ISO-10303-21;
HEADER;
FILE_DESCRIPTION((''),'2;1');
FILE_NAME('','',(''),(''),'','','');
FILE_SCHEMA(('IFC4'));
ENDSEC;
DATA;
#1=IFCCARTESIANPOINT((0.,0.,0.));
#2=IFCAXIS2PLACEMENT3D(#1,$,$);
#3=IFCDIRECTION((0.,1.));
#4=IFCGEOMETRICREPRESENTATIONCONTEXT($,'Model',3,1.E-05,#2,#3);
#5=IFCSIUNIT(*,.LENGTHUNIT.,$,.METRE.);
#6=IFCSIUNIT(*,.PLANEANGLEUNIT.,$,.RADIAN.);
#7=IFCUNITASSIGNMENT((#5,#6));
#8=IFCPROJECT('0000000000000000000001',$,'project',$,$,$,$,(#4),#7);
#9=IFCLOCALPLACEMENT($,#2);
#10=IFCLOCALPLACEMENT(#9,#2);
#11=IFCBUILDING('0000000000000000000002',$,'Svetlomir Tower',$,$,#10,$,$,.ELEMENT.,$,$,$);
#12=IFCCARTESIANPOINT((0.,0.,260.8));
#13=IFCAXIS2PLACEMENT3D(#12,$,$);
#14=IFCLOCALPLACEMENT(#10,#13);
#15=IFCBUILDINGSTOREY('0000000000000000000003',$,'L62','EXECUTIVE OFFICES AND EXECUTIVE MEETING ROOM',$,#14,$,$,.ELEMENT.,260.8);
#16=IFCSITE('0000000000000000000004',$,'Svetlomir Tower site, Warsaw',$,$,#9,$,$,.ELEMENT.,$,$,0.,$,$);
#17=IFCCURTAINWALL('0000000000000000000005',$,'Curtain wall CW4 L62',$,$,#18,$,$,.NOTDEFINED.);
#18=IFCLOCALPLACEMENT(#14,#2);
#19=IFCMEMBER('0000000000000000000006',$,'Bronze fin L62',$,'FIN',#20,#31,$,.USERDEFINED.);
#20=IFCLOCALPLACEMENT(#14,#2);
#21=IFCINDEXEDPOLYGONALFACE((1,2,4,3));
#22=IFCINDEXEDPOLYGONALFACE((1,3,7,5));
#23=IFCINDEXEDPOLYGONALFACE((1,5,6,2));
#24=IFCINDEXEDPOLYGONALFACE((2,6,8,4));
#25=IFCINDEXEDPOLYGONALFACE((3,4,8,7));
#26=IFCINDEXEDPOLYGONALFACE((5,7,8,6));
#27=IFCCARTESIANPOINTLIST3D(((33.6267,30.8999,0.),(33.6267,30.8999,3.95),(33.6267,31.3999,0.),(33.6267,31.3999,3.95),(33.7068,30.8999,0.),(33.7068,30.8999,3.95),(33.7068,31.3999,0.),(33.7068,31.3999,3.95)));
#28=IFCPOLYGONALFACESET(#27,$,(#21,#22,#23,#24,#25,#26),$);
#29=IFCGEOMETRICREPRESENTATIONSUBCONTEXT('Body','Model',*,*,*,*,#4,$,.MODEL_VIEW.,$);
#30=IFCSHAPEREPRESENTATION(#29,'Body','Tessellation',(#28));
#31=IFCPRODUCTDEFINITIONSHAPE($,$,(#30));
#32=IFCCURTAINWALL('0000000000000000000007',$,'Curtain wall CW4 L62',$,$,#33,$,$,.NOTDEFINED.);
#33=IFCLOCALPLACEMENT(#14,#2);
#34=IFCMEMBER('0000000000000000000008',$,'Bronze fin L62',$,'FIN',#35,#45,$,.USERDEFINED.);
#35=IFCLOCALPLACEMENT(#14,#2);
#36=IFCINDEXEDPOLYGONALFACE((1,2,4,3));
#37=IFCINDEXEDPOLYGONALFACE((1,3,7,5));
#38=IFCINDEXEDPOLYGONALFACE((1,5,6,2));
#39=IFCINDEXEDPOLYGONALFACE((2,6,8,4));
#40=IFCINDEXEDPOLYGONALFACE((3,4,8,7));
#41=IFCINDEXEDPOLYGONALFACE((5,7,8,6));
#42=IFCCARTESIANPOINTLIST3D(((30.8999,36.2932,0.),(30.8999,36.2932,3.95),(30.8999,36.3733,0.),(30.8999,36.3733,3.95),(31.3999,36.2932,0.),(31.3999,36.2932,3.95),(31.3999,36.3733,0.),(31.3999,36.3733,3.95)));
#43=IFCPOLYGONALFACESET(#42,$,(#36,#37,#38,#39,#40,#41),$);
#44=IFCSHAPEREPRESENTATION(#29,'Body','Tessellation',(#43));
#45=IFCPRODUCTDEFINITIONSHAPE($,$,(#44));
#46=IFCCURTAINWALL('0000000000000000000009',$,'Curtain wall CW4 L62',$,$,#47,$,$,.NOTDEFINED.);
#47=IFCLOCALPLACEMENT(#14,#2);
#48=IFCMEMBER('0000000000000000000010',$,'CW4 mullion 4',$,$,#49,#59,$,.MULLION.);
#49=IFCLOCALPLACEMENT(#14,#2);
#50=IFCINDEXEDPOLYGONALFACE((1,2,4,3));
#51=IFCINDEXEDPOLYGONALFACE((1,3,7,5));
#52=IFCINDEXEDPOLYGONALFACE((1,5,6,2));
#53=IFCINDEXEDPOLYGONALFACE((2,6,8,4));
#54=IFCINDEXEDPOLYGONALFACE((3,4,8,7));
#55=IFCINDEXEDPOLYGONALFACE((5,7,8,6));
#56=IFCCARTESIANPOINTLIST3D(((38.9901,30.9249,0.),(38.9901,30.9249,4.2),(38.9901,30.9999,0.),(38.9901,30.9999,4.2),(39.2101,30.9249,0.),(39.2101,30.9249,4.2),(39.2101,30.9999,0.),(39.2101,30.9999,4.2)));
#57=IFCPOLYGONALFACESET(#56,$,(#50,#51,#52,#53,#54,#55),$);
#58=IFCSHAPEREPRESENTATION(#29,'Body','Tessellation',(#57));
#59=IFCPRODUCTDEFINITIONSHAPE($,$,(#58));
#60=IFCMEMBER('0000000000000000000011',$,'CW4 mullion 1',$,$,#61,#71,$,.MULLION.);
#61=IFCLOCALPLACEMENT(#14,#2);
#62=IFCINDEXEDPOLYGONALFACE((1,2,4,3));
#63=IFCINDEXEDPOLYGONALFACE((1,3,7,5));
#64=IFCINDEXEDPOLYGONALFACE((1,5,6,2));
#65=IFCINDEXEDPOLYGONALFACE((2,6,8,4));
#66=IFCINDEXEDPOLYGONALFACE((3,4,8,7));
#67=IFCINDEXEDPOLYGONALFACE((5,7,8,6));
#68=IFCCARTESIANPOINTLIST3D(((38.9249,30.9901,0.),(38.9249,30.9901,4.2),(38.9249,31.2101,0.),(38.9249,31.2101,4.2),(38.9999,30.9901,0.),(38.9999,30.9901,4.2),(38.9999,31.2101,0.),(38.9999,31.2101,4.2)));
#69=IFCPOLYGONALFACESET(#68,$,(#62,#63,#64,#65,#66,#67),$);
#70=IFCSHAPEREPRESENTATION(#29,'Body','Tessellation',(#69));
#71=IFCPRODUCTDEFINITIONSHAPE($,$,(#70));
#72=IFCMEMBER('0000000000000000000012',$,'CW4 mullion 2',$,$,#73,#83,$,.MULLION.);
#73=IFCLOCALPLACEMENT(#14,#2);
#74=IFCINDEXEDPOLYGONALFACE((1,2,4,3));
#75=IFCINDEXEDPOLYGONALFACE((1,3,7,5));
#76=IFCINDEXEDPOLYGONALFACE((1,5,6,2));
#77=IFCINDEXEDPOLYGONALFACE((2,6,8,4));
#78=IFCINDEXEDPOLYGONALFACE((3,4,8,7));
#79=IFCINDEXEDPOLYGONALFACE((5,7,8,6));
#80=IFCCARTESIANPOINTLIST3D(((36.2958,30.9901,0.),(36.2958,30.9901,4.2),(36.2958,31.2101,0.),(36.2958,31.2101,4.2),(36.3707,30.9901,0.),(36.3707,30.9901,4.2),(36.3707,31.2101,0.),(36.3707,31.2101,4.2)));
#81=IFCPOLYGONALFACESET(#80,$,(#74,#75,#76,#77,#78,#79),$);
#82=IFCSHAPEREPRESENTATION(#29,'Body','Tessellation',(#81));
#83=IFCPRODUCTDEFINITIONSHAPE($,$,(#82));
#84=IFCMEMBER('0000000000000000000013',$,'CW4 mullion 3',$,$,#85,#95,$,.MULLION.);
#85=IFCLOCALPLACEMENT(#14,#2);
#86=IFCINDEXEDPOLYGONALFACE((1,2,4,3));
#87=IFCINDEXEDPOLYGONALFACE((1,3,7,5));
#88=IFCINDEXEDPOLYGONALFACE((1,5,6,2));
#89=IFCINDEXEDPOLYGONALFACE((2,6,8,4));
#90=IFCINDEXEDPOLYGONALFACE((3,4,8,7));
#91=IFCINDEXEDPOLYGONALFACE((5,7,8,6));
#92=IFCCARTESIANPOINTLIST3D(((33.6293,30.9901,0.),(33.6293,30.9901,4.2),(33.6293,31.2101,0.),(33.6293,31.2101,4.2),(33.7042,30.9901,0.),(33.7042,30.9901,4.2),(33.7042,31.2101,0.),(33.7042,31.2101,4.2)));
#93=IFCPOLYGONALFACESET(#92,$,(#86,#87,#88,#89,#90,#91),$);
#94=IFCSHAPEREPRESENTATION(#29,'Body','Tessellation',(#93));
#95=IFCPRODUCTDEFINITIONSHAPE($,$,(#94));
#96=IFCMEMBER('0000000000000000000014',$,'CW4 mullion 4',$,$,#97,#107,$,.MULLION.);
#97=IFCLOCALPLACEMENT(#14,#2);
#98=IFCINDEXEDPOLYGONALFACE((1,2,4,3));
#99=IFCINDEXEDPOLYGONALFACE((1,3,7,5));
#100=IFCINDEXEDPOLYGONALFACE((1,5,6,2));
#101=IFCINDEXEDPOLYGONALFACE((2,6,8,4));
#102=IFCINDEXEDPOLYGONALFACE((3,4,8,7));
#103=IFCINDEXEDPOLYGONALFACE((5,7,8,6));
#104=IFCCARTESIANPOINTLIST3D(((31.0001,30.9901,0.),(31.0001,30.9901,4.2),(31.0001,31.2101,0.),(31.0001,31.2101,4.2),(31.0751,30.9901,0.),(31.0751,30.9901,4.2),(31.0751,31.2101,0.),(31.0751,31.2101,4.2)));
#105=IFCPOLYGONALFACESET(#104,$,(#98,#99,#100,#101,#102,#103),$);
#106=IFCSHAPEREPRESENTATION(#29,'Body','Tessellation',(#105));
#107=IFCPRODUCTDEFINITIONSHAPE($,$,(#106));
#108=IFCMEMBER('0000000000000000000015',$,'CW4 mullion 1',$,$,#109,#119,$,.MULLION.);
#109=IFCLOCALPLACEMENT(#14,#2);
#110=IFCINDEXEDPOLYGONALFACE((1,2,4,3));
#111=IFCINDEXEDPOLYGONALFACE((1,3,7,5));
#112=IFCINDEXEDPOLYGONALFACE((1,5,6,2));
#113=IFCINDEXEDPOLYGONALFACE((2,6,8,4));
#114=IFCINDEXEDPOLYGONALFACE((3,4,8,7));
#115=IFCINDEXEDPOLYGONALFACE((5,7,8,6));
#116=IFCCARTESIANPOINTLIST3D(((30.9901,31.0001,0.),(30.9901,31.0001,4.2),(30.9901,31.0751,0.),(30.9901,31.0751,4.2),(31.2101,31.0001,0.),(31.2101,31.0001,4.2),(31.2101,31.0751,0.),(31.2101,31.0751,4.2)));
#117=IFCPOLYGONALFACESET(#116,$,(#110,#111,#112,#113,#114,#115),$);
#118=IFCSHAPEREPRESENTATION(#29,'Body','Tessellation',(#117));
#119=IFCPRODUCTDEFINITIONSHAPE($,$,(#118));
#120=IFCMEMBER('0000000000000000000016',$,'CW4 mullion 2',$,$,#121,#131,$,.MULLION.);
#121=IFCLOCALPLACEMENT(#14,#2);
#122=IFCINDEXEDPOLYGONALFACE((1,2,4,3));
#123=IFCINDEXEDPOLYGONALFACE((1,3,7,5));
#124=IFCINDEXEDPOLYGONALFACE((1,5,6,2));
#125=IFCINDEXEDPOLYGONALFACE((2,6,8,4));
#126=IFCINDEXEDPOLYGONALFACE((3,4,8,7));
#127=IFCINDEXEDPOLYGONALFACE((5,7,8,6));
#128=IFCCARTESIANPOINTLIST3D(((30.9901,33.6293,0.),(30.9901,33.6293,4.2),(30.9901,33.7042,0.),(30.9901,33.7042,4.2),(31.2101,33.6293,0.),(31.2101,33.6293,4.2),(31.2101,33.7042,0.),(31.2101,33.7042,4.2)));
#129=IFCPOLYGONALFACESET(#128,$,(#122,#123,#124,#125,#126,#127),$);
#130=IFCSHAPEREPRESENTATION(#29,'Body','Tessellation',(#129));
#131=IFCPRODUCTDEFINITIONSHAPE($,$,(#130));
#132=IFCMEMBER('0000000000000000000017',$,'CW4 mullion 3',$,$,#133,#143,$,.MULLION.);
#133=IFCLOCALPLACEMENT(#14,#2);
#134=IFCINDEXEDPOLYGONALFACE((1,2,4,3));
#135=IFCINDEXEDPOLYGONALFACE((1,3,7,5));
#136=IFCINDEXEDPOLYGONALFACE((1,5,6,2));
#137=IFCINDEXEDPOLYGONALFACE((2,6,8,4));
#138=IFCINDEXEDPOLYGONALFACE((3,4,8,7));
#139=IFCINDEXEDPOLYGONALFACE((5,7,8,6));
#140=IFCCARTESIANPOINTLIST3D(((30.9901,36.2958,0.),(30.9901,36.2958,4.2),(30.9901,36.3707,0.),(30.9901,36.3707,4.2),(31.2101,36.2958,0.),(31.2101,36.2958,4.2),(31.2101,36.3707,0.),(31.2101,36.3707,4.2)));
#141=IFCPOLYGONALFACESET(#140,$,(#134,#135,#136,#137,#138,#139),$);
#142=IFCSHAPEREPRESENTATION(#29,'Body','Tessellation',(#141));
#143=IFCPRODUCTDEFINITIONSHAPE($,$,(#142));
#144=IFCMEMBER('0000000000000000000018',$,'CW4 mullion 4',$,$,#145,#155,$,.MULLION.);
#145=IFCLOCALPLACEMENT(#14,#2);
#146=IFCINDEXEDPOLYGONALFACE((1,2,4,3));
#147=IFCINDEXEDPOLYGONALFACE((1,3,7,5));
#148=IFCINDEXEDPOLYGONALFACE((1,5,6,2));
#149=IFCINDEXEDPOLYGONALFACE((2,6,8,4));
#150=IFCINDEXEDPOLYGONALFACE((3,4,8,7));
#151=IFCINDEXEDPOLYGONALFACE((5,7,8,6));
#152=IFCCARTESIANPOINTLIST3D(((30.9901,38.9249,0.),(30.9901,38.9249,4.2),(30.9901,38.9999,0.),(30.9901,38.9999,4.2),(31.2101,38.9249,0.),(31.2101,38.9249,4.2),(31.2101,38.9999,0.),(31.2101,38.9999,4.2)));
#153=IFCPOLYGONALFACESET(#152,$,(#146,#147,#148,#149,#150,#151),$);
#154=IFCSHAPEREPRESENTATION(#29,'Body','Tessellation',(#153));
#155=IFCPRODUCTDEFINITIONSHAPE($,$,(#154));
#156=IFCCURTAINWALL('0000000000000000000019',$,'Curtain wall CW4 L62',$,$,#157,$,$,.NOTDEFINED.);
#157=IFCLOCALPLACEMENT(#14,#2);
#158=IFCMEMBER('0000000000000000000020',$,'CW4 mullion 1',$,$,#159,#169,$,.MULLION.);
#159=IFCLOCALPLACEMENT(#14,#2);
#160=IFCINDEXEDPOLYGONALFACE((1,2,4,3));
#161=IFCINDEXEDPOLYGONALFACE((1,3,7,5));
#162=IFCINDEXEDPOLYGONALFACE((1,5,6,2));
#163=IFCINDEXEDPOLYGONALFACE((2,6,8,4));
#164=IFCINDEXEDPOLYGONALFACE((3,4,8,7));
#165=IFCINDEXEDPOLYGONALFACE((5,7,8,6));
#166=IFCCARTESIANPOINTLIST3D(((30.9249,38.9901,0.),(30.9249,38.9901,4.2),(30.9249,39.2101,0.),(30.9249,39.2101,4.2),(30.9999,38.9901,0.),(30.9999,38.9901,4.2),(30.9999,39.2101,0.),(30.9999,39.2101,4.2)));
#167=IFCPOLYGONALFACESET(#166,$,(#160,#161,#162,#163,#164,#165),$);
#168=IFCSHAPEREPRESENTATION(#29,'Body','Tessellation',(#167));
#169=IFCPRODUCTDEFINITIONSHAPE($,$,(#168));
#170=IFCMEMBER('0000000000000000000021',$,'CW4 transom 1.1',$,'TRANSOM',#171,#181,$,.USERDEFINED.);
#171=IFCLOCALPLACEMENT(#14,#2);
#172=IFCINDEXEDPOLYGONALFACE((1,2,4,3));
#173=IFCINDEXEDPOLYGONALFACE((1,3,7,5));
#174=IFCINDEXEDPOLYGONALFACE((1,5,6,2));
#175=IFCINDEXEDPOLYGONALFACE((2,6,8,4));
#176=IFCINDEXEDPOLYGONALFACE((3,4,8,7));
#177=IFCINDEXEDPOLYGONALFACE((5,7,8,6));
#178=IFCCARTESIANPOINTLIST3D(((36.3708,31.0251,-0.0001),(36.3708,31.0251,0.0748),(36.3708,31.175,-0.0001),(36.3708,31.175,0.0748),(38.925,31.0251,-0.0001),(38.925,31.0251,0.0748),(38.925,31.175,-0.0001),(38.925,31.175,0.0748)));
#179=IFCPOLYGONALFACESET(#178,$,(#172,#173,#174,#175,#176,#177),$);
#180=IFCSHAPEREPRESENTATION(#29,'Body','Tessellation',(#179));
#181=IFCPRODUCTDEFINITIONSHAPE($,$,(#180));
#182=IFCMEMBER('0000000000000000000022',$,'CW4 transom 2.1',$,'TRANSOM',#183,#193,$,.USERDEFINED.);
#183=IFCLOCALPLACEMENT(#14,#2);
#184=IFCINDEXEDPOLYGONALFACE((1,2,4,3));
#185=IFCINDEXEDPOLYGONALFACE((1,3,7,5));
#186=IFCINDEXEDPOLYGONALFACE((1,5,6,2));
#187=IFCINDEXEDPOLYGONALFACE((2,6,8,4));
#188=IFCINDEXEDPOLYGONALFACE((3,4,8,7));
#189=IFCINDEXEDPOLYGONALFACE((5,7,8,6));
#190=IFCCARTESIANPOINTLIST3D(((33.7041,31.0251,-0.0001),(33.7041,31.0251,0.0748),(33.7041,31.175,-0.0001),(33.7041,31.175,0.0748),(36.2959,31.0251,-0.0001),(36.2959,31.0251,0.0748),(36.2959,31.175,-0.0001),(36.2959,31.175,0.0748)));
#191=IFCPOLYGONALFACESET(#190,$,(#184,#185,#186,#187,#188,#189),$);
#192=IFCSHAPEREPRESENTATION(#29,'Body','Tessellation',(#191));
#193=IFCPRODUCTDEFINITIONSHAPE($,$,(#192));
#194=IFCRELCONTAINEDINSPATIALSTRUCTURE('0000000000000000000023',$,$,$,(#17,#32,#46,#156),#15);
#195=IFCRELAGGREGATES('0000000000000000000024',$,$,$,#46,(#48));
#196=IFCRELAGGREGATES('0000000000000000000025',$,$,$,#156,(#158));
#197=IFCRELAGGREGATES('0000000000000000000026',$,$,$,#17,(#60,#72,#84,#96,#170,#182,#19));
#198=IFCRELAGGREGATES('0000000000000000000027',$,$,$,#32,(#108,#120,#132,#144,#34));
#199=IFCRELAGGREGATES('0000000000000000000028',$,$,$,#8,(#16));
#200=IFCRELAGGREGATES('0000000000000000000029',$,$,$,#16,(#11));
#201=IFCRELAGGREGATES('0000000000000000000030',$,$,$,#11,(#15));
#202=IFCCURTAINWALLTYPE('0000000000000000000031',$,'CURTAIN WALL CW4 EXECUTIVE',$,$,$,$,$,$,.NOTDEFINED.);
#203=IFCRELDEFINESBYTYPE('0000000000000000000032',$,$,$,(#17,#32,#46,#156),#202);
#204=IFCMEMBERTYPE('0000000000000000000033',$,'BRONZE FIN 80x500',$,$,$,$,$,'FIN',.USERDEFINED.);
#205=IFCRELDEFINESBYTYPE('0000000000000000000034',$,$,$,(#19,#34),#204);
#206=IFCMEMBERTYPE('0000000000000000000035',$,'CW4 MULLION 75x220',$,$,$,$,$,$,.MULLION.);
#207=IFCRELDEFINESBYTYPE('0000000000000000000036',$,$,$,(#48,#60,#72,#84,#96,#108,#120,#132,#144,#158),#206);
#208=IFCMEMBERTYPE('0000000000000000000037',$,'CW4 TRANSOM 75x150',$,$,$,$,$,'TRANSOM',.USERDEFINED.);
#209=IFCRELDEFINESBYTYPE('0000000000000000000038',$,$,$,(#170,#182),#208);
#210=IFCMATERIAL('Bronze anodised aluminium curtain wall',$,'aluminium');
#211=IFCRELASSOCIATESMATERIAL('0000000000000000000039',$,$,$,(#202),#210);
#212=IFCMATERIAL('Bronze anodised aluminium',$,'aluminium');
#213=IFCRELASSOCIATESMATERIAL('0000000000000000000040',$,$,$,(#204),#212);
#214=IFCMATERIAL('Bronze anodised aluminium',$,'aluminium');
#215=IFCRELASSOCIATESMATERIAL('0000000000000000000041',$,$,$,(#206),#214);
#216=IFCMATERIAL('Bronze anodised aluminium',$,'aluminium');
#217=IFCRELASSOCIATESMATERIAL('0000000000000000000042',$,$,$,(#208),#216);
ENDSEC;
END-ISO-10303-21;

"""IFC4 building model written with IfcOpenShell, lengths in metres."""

from ifc_helpers import new_model, si_unit, direction, frame, origin, origin_2d, place, context, subcontext, project, spatial, rectangle, extrude, material, material_profile, profile_set, type_object, element, aggregate, save


model = new_model("IFC4")

# Units and contexts
model_context = context("Model", 3, precision=1e-05, world=origin(), true_north=direction((0.0, 1.0)))
body_context = subcontext(model_context, "Body", "Model", "MODEL_VIEW")
ifc_project = project(units=[si_unit("LENGTHUNIT", "METRE"), si_unit("PLANEANGLEUNIT", "RADIAN")], contexts=[model_context])

# Site, building, storey
site_placement = place(None, origin())
site = spatial("IfcSite", under=ifc_project, at=site_placement, Name="Svetlomir Tower site, Warsaw", CompositionType="ELEMENT", RefElevation=0.0)
building_placement = place(site_placement, origin())
building = spatial("IfcBuilding", under=site, at=building_placement, Name="Svetlomir Tower", CompositionType="ELEMENT")
storey_placement = place(building_placement, frame((0.0, 0.0, 260.8)))
storey = spatial("IfcBuildingStorey", under=building, at=storey_placement, Name="L62", Description="EXECUTIVE OFFICES AND EXECUTIVE MEETING ROOM", CompositionType="ELEMENT", Elevation=260.8)

# Curtain walls, members
ifc_material_1 = material(Name="Bronze anodised aluminium curtain wall", Category="aluminium")
curtain_wall_type = type_object("IfcCurtainWallType", Name="CURTAIN WALL CW4 EXECUTIVE", PredefinedType="NOTDEFINED", material=ifc_material_1)
curtain_wall_1_placement = place(storey_placement, origin())
curtain_wall_1 = element("IfcCurtainWall", 1, at=curtain_wall_1_placement, inside=storey, type_object=curtain_wall_type, Name="Curtain wall CW4 L62", PredefinedType="NOTDEFINED")
ifc_material_2 = material(Name="Bronze anodised aluminium", Category="aluminium")
ifc_material_profile_1 = material_profile(ifc_material_2, rectangle(XDim=0.0801, YDim=0.5, at=origin_2d()), Name="FIN 80x500")
ifc_profile_set_1 = profile_set([ifc_material_profile_1], Name="Bronze anodised aluminium 6063-T6")
member_type_1 = type_object("IfcMemberType", Name="BRONZE FIN 80x500", ElementType="FIN", PredefinedType="USERDEFINED", material=ifc_profile_set_1)
member_1_placement = place(storey_placement, frame((33.6667, 31.1499, 0.0), z_axis=(0.0, 0.0, 1.0), x_axis=(1.0, 0.0, 0.0)))
member_1 = element("IfcMember", 2, at=member_1_placement, type_object=member_type_1, Name="Bronze fin L62", ObjectType="FIN", PredefinedType="USERDEFINED", context=body_context, shape_type="SweptSolid", body=[
    extrude(rectangle(XDim=0.0801, YDim=0.5, at=origin_2d()), origin(), (0.0, 0.0, 1.0), 3.95),
])
curtain_wall_2_placement = place(storey_placement, origin())
curtain_wall_2 = element("IfcCurtainWall", 3, at=curtain_wall_2_placement, inside=storey, type_object=curtain_wall_type, Name="Curtain wall CW4 L62", PredefinedType="NOTDEFINED")
member_2_placement = place(storey_placement, frame((31.1499, 36.3333, 0.0), z_axis=(0.0, 0.0, 1.0), x_axis=(0.0, 1.0, 0.0)))
member_2 = element("IfcMember", 4, at=member_2_placement, type_object=member_type_1, Name="Bronze fin L62", ObjectType="FIN", PredefinedType="USERDEFINED", context=body_context, shape_type="SweptSolid", body=[
    extrude(rectangle(XDim=0.0801, YDim=0.5, at=origin_2d()), origin(), (0.0, 0.0, 1.0), 3.95),
])
curtain_wall_3_placement = place(storey_placement, origin())
curtain_wall_3 = element("IfcCurtainWall", 5, at=curtain_wall_3_placement, inside=storey, type_object=curtain_wall_type, Name="Curtain wall CW4 L62", PredefinedType="NOTDEFINED")
ifc_material_3 = material(Name="Bronze anodised aluminium", Category="aluminium")
ifc_material_profile_2 = material_profile(ifc_material_3, rectangle(XDim=0.075, YDim=0.22, at=origin_2d()), Name="AL 75x220")
ifc_profile_set_2 = profile_set([ifc_material_profile_2], Name="Bronze anodised aluminium 6063-T6")
member_type_2 = type_object("IfcMemberType", Name="CW4 MULLION 75x220", PredefinedType="MULLION", material=ifc_profile_set_2)
member_3_placement = place(storey_placement, frame((39.1001, 30.9624, 0.0), z_axis=(0.0, 0.0, 1.0), x_axis=(0.0, 1.0, 0.0)))
member_3 = element("IfcMember", 6, at=member_3_placement, type_object=member_type_2, Name="CW4 mullion 4", PredefinedType="MULLION", context=body_context, shape_type="SweptSolid", body=[
    extrude(rectangle(XDim=0.075, YDim=0.22, at=origin_2d()), origin(), (0.0, 0.0, 1.0), 4.2),
])
aggregate(curtain_wall_3, [member_3])

# Members
member_4_placement = place(storey_placement, frame((38.9624, 31.1001, 0.0), z_axis=(0.0, 0.0, 1.0), x_axis=(-1.0, 0.0, 0.0)))
member_4 = element("IfcMember", 7, at=member_4_placement, type_object=member_type_2, Name="CW4 mullion 1", PredefinedType="MULLION", context=body_context, shape_type="SweptSolid", body=[
    extrude(rectangle(XDim=0.075, YDim=0.22, at=origin_2d()), origin(), (0.0, 0.0, 1.0), 4.2),
])
member_5_placement = place(storey_placement, frame((36.3333, 31.1001, 0.0), z_axis=(0.0, 0.0, 1.0), x_axis=(-1.0, 0.0, 0.0)))
member_5 = element("IfcMember", 8, at=member_5_placement, type_object=member_type_2, Name="CW4 mullion 2", PredefinedType="MULLION", context=body_context, shape_type="SweptSolid", body=[
    extrude(rectangle(XDim=0.075, YDim=0.22, at=origin_2d()), origin(), (0.0, 0.0, 1.0), 4.2),
])
member_6_placement = place(storey_placement, frame((33.6667, 31.1001, 0.0), z_axis=(0.0, 0.0, 1.0), x_axis=(-1.0, 0.0, 0.0)))
member_6 = element("IfcMember", 9, at=member_6_placement, type_object=member_type_2, Name="CW4 mullion 3", PredefinedType="MULLION", context=body_context, shape_type="SweptSolid", body=[
    extrude(rectangle(XDim=0.075, YDim=0.22, at=origin_2d()), origin(), (0.0, 0.0, 1.0), 4.2),
])
member_7_placement = place(storey_placement, frame((31.0376, 31.1001, 0.0), z_axis=(0.0, 0.0, 1.0), x_axis=(-1.0, 0.0, 0.0)))
member_7 = element("IfcMember", 10, at=member_7_placement, type_object=member_type_2, Name="CW4 mullion 4", PredefinedType="MULLION", context=body_context, shape_type="SweptSolid", body=[
    extrude(rectangle(XDim=0.075, YDim=0.22, at=origin_2d()), origin(), (0.0, 0.0, 1.0), 4.2),
])
member_8_placement = place(storey_placement, frame((31.1001, 31.0376, 0.0), z_axis=(0.0, 0.0, 1.0), x_axis=(0.0, 1.0, 0.0)))
member_8 = element("IfcMember", 11, at=member_8_placement, type_object=member_type_2, Name="CW4 mullion 1", PredefinedType="MULLION", context=body_context, shape_type="SweptSolid", body=[
    extrude(rectangle(XDim=0.075, YDim=0.22, at=origin_2d()), origin(), (0.0, 0.0, 1.0), 4.2),
])
member_9_placement = place(storey_placement, frame((31.1001, 33.6667, 0.0), z_axis=(0.0, 0.0, 1.0), x_axis=(0.0, 1.0, 0.0)))
member_9 = element("IfcMember", 12, at=member_9_placement, type_object=member_type_2, Name="CW4 mullion 2", PredefinedType="MULLION", context=body_context, shape_type="SweptSolid", body=[
    extrude(rectangle(XDim=0.075, YDim=0.22, at=origin_2d()), origin(), (0.0, 0.0, 1.0), 4.2),
])
member_10_placement = place(storey_placement, frame((31.1001, 36.3333, 0.0), z_axis=(0.0, 0.0, 1.0), x_axis=(0.0, 1.0, 0.0)))
member_10 = element("IfcMember", 13, at=member_10_placement, type_object=member_type_2, Name="CW4 mullion 3", PredefinedType="MULLION", context=body_context, shape_type="SweptSolid", body=[
    extrude(rectangle(XDim=0.075, YDim=0.22, at=origin_2d()), origin(), (0.0, 0.0, 1.0), 4.2),
])
member_11_placement = place(storey_placement, frame((31.1001, 38.9624, 0.0), z_axis=(0.0, 0.0, 1.0), x_axis=(0.0, 1.0, 0.0)))
member_11 = element("IfcMember", 14, at=member_11_placement, type_object=member_type_2, Name="CW4 mullion 4", PredefinedType="MULLION", context=body_context, shape_type="SweptSolid", body=[
    extrude(rectangle(XDim=0.075, YDim=0.22, at=origin_2d()), origin(), (0.0, 0.0, 1.0), 4.2),
])

# Curtain wall, member
curtain_wall_4_placement = place(storey_placement, origin())
curtain_wall_4 = element("IfcCurtainWall", 15, at=curtain_wall_4_placement, inside=storey, type_object=curtain_wall_type, Name="Curtain wall CW4 L62", PredefinedType="NOTDEFINED")
member_12_placement = place(storey_placement, frame((30.9624, 39.1001, 0.0), z_axis=(0.0, 0.0, 1.0), x_axis=(-1.0, 0.0, 0.0)))
member_12 = element("IfcMember", 16, at=member_12_placement, type_object=member_type_2, Name="CW4 mullion 1", PredefinedType="MULLION", context=body_context, shape_type="SweptSolid", body=[
    extrude(rectangle(XDim=0.075, YDim=0.22, at=origin_2d()), origin(), (0.0, 0.0, 1.0), 4.2),
])

# Members
ifc_material_4 = material(Name="Bronze anodised aluminium", Category="aluminium")
ifc_material_profile_3 = material_profile(ifc_material_4, rectangle(XDim=0.1499, YDim=0.075, at=origin_2d()), Name="AL 150x75")
ifc_profile_set_3 = profile_set([ifc_material_profile_3], Name="Bronze anodised aluminium 6063-T6")
member_type_3 = type_object("IfcMemberType", Name="CW4 TRANSOM 75x150", ElementType="TRANSOM", PredefinedType="USERDEFINED", material=ifc_profile_set_3)
member_13_placement = place(storey_placement, frame((38.925, 31.1001, 0.0374), z_axis=(-1.0, 0.0, 0.0), x_axis=(0.0, -1.0, 0.0)))
member_13 = element("IfcMember", 17, at=member_13_placement, type_object=member_type_3, Name="CW4 transom 1.1", ObjectType="TRANSOM", PredefinedType="USERDEFINED", context=body_context, shape_type="SweptSolid", body=[
    extrude(rectangle(XDim=0.1499, YDim=0.075, at=origin_2d()), origin(), (0.0, 0.0, 1.0), 2.5542),
])
member_14_placement = place(storey_placement, frame((36.2959, 31.1001, 0.0374), z_axis=(-1.0, 0.0, 0.0), x_axis=(0.0, -1.0, 0.0)))
member_14 = element("IfcMember", 18, at=member_14_placement, type_object=member_type_3, Name="CW4 transom 2.1", ObjectType="TRANSOM", PredefinedType="USERDEFINED", context=body_context, shape_type="SweptSolid", body=[
    extrude(rectangle(XDim=0.1499, YDim=0.075, at=origin_2d()), origin(), (0.0, 0.0, 1.0), 2.5918),
])
aggregate(curtain_wall_4, [member_12])

aggregate(curtain_wall_1, [member_4, member_5, member_6, member_7, member_13, member_14, member_1])
aggregate(curtain_wall_2, [member_8, member_9, member_10, member_11, member_2])

save(model, "model.ifc")
